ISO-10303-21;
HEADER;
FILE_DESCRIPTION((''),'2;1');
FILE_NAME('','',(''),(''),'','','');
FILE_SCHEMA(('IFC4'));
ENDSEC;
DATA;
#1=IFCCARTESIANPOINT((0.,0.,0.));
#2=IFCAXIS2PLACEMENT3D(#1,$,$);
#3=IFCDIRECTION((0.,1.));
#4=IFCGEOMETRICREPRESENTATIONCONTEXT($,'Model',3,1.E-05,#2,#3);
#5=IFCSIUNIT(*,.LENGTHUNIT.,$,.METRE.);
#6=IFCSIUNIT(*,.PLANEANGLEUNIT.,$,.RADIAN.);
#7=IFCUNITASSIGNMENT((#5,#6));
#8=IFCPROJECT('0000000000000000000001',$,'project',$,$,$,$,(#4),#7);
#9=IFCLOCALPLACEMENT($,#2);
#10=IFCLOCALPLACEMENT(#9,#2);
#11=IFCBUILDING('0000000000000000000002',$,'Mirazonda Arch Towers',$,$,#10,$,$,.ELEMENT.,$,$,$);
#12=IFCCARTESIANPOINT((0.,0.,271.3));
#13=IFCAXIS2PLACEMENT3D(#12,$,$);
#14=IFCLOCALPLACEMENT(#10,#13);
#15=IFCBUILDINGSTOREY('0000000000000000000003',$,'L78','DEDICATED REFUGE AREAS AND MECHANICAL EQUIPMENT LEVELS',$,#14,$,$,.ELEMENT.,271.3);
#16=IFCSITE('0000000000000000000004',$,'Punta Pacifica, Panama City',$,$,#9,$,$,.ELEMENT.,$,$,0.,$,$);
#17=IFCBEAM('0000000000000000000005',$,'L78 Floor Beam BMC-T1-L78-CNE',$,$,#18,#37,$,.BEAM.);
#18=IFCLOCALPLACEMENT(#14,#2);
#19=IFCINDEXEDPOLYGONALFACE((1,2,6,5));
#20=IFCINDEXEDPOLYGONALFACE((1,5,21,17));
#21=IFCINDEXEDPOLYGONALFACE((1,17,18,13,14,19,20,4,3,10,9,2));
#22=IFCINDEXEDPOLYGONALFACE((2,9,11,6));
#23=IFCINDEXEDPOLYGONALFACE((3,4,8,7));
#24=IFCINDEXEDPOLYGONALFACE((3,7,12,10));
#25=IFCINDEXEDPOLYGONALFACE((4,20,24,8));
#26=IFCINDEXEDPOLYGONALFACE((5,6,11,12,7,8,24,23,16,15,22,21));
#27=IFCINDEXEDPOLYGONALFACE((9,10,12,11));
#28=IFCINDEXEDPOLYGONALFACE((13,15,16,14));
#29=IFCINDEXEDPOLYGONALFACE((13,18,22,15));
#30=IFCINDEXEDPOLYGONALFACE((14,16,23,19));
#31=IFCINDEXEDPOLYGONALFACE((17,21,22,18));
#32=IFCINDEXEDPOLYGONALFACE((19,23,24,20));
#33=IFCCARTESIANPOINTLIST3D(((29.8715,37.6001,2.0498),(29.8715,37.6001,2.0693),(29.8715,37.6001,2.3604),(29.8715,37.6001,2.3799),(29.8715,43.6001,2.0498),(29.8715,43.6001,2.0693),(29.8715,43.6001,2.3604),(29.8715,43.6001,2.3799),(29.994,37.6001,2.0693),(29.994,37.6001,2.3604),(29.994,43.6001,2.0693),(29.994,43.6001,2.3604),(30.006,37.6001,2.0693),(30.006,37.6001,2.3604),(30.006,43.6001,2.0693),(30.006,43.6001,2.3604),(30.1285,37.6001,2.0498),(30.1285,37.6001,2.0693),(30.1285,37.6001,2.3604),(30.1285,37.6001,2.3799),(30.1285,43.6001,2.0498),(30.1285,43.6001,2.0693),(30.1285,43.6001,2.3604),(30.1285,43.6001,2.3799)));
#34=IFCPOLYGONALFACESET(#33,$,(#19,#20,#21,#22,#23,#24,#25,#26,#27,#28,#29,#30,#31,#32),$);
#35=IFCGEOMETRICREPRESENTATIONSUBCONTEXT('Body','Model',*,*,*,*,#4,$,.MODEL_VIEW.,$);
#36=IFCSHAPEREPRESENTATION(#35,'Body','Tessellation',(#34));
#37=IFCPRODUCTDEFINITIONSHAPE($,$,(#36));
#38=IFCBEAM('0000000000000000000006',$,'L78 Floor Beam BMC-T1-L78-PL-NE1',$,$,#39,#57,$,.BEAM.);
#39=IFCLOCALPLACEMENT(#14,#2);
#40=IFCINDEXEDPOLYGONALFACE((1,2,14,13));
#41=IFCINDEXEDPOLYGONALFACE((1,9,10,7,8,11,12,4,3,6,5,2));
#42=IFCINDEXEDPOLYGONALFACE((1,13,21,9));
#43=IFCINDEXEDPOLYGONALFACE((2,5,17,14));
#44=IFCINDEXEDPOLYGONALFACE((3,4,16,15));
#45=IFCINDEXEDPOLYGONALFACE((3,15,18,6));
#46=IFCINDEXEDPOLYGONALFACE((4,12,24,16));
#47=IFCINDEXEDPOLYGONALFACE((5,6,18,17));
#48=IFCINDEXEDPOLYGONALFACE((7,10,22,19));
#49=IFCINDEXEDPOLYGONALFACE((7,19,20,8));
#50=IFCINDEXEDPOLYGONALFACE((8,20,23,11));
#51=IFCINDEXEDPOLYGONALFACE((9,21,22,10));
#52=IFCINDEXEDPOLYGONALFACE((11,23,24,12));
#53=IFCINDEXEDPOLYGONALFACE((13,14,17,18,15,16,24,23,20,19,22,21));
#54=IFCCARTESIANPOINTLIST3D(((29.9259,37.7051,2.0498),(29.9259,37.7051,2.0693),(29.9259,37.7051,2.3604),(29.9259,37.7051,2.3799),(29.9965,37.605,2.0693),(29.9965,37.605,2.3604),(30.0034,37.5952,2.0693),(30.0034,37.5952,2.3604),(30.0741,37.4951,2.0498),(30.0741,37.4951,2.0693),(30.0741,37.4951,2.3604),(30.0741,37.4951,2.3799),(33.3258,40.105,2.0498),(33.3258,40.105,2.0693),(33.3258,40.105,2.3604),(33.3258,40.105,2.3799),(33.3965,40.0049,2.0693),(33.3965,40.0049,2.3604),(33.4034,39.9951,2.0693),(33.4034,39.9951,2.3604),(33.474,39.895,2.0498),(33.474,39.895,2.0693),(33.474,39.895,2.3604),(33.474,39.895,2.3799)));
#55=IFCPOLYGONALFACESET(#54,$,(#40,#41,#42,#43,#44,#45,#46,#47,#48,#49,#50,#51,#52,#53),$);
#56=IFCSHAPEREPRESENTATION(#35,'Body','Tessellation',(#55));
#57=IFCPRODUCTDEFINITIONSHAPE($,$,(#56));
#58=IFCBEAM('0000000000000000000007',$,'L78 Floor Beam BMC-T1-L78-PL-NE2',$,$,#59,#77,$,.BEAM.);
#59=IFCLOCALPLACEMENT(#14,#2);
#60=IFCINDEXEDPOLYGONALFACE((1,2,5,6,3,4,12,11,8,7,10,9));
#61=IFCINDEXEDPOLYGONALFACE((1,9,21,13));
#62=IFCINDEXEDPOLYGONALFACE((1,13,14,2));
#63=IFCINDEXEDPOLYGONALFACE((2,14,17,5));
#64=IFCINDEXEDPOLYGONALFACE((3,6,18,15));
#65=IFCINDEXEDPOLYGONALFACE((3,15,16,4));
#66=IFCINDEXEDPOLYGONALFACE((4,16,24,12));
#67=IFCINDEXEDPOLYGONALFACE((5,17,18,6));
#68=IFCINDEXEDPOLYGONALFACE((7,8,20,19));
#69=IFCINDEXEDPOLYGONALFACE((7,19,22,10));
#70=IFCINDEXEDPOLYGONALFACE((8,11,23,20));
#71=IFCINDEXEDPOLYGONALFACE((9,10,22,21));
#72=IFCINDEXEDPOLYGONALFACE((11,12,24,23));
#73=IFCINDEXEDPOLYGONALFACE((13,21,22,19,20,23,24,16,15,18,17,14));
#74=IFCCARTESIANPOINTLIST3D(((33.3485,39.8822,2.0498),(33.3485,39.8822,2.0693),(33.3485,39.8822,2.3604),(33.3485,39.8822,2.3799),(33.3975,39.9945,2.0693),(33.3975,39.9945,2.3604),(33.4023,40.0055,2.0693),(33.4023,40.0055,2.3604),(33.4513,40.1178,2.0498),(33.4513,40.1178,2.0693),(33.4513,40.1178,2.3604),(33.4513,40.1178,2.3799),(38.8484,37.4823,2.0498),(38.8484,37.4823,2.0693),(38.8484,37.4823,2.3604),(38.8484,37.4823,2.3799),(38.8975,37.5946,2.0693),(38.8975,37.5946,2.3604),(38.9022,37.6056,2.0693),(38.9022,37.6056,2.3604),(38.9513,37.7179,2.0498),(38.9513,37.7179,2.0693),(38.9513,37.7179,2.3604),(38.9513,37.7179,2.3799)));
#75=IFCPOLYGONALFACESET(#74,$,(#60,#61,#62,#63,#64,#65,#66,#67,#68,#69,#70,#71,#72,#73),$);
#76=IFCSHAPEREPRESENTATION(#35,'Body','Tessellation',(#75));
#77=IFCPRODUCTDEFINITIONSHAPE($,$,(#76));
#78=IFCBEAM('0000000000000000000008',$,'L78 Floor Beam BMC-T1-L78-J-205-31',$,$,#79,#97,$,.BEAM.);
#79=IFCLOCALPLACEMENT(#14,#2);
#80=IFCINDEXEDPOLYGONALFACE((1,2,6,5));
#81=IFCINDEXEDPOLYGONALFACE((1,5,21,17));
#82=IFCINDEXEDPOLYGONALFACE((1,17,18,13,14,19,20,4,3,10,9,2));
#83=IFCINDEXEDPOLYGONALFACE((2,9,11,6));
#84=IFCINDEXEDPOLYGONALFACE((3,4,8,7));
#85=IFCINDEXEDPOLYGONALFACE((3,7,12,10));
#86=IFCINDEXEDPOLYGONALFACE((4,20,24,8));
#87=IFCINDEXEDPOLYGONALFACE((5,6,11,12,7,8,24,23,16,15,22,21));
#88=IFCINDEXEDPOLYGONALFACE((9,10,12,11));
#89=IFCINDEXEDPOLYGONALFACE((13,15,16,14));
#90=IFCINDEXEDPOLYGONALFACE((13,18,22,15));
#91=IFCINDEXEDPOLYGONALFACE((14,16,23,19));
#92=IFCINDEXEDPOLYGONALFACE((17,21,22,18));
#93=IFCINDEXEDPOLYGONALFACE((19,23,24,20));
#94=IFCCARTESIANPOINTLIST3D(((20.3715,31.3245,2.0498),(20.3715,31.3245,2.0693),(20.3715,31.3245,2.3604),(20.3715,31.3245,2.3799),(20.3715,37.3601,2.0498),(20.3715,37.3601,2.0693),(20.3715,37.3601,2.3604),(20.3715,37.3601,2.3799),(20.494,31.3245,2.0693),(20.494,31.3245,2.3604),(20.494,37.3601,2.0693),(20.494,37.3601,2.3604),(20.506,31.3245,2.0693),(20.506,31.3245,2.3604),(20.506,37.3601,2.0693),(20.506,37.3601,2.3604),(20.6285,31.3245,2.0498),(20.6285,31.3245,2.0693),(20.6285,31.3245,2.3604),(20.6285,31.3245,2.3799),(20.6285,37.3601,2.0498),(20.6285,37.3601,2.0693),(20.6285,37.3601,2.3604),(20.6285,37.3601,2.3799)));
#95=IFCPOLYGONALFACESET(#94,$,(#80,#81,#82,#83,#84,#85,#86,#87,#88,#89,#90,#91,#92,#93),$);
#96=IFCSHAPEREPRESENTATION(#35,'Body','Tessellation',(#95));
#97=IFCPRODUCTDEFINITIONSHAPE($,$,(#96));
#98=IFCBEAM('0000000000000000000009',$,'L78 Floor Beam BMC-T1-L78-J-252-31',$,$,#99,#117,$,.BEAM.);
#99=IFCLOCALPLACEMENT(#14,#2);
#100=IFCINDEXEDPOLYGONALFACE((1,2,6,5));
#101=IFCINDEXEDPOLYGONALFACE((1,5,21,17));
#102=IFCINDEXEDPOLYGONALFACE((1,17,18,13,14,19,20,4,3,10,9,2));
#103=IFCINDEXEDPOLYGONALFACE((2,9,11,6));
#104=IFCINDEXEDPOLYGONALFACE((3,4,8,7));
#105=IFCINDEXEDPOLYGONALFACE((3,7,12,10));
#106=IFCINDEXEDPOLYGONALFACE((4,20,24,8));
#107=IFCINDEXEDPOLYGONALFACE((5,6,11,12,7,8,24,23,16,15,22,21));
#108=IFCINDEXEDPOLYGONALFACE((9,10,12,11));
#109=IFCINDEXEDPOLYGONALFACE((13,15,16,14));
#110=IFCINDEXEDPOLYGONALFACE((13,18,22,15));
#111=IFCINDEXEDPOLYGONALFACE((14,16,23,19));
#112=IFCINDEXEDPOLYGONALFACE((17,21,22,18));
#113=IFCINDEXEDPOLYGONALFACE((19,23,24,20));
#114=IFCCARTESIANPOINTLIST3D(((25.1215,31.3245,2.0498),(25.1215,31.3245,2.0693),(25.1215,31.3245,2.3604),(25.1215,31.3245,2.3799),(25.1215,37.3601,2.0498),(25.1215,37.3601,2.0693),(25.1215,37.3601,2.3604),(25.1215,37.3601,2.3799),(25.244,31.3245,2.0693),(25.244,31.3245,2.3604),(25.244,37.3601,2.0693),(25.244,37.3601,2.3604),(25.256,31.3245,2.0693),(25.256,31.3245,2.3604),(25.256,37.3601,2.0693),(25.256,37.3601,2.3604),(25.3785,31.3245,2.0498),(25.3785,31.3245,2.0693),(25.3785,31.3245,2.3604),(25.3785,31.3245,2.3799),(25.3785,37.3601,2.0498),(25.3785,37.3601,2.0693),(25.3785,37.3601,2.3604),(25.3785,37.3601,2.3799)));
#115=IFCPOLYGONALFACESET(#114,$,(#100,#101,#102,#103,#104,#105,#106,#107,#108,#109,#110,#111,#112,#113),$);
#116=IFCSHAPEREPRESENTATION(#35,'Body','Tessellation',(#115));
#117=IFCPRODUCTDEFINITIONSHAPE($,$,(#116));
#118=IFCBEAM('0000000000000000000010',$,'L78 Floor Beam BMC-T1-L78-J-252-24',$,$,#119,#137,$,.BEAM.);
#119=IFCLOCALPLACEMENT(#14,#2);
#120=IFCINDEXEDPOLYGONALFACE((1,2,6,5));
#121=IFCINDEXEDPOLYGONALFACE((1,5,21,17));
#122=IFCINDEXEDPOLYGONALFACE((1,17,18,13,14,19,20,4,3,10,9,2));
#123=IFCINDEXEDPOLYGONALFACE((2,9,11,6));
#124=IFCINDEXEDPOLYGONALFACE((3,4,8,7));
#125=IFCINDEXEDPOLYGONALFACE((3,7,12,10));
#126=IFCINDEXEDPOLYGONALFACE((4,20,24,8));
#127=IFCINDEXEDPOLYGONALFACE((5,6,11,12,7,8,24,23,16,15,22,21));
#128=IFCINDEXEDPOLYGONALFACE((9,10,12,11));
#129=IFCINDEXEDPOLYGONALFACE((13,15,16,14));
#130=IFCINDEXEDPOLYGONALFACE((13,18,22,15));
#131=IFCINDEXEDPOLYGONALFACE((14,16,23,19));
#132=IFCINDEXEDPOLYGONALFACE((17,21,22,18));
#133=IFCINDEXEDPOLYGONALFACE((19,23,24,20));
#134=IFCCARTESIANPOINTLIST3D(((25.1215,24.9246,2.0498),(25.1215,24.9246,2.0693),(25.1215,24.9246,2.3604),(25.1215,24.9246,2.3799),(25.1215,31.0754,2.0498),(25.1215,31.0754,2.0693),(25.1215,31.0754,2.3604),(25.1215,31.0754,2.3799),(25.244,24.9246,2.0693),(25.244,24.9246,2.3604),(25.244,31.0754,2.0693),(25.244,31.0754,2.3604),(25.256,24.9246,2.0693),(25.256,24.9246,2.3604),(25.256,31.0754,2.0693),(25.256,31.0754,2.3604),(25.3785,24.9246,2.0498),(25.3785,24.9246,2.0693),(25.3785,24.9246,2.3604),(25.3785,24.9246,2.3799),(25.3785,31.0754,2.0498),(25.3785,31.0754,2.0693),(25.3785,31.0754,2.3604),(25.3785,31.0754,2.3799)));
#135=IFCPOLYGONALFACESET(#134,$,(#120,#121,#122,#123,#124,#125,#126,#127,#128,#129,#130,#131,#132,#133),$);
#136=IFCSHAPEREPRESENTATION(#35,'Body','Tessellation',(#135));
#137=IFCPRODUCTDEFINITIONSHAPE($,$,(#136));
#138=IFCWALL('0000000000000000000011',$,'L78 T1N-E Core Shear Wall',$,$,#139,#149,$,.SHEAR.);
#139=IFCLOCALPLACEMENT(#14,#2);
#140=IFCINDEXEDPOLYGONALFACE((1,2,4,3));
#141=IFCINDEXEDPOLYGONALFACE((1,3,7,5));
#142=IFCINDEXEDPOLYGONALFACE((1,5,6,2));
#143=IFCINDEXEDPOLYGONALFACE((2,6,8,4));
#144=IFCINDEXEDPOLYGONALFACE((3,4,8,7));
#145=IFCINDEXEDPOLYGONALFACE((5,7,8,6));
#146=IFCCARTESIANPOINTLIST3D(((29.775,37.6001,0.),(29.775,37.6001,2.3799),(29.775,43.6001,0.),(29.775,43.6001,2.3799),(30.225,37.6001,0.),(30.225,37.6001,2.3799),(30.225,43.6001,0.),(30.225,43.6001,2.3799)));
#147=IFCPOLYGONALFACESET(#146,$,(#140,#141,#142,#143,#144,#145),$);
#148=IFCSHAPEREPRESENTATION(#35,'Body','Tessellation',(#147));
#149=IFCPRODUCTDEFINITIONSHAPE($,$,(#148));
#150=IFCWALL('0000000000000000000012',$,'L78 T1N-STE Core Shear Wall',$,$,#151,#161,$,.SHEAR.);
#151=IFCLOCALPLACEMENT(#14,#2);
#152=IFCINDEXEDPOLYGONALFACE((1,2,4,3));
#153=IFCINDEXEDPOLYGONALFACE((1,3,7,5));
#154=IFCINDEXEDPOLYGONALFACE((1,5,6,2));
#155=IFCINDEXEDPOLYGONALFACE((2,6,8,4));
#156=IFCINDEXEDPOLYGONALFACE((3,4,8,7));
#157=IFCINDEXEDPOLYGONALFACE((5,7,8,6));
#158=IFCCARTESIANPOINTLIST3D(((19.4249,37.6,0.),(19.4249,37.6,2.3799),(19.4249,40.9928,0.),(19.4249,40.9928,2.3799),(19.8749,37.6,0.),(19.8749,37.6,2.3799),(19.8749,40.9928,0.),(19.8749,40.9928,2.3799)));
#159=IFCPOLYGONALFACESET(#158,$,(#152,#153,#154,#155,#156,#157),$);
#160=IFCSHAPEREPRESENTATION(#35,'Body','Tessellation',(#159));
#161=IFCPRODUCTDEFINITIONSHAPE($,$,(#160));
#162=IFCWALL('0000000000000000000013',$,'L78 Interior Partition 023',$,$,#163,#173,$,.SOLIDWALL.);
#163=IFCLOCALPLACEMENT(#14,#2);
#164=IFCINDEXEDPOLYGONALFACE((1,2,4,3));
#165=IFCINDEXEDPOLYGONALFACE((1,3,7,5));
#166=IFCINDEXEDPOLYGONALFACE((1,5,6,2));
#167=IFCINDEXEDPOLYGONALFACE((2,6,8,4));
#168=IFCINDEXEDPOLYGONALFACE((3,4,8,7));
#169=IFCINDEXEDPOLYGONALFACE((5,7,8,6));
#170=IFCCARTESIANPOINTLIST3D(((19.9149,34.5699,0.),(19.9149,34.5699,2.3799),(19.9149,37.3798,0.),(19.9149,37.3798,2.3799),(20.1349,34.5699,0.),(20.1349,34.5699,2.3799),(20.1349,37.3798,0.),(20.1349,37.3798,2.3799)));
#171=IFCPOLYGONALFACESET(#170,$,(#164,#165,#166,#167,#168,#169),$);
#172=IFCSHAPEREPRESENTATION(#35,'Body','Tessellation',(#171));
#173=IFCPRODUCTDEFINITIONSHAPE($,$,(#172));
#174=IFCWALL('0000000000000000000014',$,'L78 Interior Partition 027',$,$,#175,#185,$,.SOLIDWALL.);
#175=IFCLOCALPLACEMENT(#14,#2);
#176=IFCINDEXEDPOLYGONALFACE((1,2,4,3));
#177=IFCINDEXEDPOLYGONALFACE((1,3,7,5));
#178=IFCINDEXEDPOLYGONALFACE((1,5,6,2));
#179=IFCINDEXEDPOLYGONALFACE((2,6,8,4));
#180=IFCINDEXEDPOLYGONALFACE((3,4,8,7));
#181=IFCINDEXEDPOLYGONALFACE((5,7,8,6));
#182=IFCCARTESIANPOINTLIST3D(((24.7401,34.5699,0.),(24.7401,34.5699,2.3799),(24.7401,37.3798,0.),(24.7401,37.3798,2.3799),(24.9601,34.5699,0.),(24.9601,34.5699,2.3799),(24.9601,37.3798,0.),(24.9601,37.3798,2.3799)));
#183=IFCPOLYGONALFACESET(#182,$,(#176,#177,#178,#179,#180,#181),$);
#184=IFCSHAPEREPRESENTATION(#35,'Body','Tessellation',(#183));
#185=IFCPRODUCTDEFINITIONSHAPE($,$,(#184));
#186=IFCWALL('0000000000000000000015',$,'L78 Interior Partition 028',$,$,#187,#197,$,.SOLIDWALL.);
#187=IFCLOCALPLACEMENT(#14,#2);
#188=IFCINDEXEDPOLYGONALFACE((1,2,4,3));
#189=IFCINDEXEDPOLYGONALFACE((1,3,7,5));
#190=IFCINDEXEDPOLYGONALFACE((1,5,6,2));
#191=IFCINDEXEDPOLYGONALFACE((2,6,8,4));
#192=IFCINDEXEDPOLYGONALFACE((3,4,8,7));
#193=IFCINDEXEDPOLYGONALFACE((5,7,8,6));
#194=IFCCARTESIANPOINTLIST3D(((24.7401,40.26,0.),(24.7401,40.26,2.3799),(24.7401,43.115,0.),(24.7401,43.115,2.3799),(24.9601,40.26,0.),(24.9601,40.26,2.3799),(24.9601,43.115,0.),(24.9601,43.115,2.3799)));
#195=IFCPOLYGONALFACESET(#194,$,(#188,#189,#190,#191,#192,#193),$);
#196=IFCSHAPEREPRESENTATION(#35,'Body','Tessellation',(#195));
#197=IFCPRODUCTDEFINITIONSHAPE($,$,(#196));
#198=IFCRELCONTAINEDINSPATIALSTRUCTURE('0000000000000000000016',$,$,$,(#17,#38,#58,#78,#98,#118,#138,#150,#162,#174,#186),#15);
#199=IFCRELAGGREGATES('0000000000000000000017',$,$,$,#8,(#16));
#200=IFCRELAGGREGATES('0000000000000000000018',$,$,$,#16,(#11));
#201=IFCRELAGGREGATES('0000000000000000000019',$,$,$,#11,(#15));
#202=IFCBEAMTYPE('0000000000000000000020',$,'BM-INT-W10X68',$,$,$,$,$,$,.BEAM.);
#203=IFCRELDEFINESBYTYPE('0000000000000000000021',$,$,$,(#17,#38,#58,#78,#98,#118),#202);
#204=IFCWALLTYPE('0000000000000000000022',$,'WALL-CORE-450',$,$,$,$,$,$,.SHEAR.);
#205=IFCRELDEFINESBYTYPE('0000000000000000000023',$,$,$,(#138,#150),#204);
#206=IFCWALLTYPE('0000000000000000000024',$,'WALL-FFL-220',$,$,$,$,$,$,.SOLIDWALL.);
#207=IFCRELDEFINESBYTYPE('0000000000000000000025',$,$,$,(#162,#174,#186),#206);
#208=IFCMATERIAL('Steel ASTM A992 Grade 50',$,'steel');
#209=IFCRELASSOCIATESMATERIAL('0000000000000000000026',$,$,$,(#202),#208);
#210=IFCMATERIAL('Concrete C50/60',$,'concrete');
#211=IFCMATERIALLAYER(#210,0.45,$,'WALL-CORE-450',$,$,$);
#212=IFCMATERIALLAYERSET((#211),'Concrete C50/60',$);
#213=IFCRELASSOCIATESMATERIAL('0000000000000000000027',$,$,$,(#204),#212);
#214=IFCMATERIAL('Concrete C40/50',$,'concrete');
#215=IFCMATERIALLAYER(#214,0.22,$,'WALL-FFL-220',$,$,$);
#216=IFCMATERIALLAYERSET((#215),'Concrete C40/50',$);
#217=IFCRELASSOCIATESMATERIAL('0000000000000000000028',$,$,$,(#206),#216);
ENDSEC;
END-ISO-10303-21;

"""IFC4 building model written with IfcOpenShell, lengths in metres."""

from ifc_helpers import new_model, si_unit, direction, frame, frame_2d, origin, origin_2d, place, context, subcontext, project, spatial, rectangle, i_section, extrude, material, layer, layer_set, material_profile, profile_set, type_object, element, save


model = new_model("IFC4")

# Units and contexts
model_context = context("Model", 3, precision=1e-05, world=origin(), true_north=direction((0.0, 1.0)))
body_context = subcontext(model_context, "Body", "Model", "MODEL_VIEW")
ifc_project = project(units=[si_unit("LENGTHUNIT", "METRE"), si_unit("PLANEANGLEUNIT", "RADIAN")], contexts=[model_context])

# Site, building, storey
site_placement = place(None, origin())
site = spatial("IfcSite", under=ifc_project, at=site_placement, Name="Punta Pacifica, Panama City", CompositionType="ELEMENT", RefElevation=0.0)
building_placement = place(site_placement, origin())
building = spatial("IfcBuilding", under=site, at=building_placement, Name="Mirazonda Arch Towers", CompositionType="ELEMENT")
storey_placement = place(building_placement, frame((0.0, 0.0, 271.3)))
storey = spatial("IfcBuildingStorey", under=building, at=storey_placement, Name="L78", Description="DEDICATED REFUGE AREAS AND MECHANICAL EQUIPMENT LEVELS", CompositionType="ELEMENT", Elevation=271.3)

# Shared definitions
ifc_material_1 = material(Name="Concrete C50/60", Category="concrete")

# Beams
ifc_material_2 = material(Name="Steel ASTM A992 Grade 50", Category="steel")
ifc_material_profile_1 = material_profile(ifc_material_2, i_section(OverallWidth=0.2571, OverallDepth=0.3301, WebThickness=0.012, FlangeThickness=0.0195, at=origin_2d()), Name="W10X68")
ifc_profile_set_1 = profile_set([ifc_material_profile_1], Name="Steel ASTM A992 Grade 50")
beam_type_1 = type_object("IfcBeamType", Name="BM-INT-W10X68", PredefinedType="BEAM", material=ifc_profile_set_1)
beam_1_placement = place(storey_placement, frame((30.0, 37.6001, 2.2148), z_axis=(0.0, 1.0, 0.0), x_axis=(-1.0, 0.0, 0.0)))
element("IfcBeam", 1, at=beam_1_placement, inside=storey, type_object=beam_type_1, Name="L78 Floor Beam BMC-T1-L78-CNE", PredefinedType="BEAM", context=body_context, shape_type="SweptSolid", body=[
    extrude(i_section(OverallWidth=0.2571, OverallDepth=0.3301, WebThickness=0.012, FlangeThickness=0.0195, at=origin_2d()), origin(), (0.0, 0.0, 1.0), 6.0),
])
beam_2_placement = place(storey_placement, frame((33.3999, 40.0, 2.2148), z_axis=(-0.816971, -0.576679, 0.0), x_axis=(0.576679, -0.816971, 0.0)))
element("IfcBeam", 2, at=beam_2_placement, inside=storey, type_object=beam_type_1, Name="L78 Floor Beam BMC-T1-L78-PL-NE1", PredefinedType="BEAM", context=body_context, shape_type="SweptSolid", body=[
    extrude(i_section(OverallWidth=0.2571, OverallDepth=0.3301, WebThickness=0.012, FlangeThickness=0.0195, at=origin_2d()), origin(), (0.0, 0.0, 1.0), 4.1616),
])
beam_3_placement = place(storey_placement, frame((33.3999, 40.0, 2.2148), z_axis=(0.916545, -0.399931, 0.0), x_axis=(0.399931, 0.916545, 0.0)))
element("IfcBeam", 3, at=beam_3_placement, inside=storey, type_object=beam_type_1, Name="L78 Floor Beam BMC-T1-L78-PL-NE2", PredefinedType="BEAM", context=body_context, shape_type="SweptSolid", body=[
    extrude(i_section(OverallWidth=0.2571, OverallDepth=0.3301, WebThickness=0.012, FlangeThickness=0.0195, at=origin_2d()), origin(), (0.0, 0.0, 1.0), 6.0007),
])
for number, where, z_axis, x_axis, name in (
    (4, (20.5, 31.3245, 2.2148), (0.0, 1.0, 0.0), (-1.0, 0.0, 0.0), "L78 Floor Beam BMC-T1-L78-J-205-31"),
    (5, (25.25, 31.3245, 2.2148), (0.0, 1.0, 0.0), (-1.0, 0.0, 0.0), "L78 Floor Beam BMC-T1-L78-J-252-31"),
):
    element("IfcBeam", number, at=place(storey_placement, frame(where, z_axis=z_axis, x_axis=x_axis)), inside=storey, type_object=beam_type_1, Name=name, PredefinedType="BEAM", context=body_context, shape_type="SweptSolid", body=[
        extrude(i_section(OverallWidth=0.2571, OverallDepth=0.3301, WebThickness=0.012, FlangeThickness=0.0195, at=origin_2d()), origin(), (0.0, 0.0, 1.0), 6.0356),
    ])
beam_4_placement = place(storey_placement, frame((25.25, 24.9246, 2.2148), z_axis=(0.0, 1.0, 0.0), x_axis=(-1.0, 0.0, 0.0)))
element("IfcBeam", 6, at=beam_4_placement, inside=storey, type_object=beam_type_1, Name="L78 Floor Beam BMC-T1-L78-J-252-24", PredefinedType="BEAM", context=body_context, shape_type="SweptSolid", body=[
    extrude(i_section(OverallWidth=0.2571, OverallDepth=0.3301, WebThickness=0.012, FlangeThickness=0.0195, at=origin_2d()), origin(), (0.0, 0.0, 1.0), 6.1509),
])

# Walls
ifc_layer_1 = layer(ifc_material_1, 0.45, Name="WALL-CORE-450")
ifc_layer_set_1 = layer_set([ifc_layer_1], Name="Concrete C50/60")
wall_type_1 = type_object("IfcWallType", Name="WALL-CORE-450", PredefinedType="SHEAR", material=ifc_layer_set_1)
wall_1_placement = place(storey_placement, frame((30.0, 37.6001, 0.0), z_axis=(0.0, 0.0, 1.0), x_axis=(0.0, 1.0, 0.0)))
element("IfcWall", 7, at=wall_1_placement, inside=storey, type_object=wall_type_1, Name="L78 T1N-E Core Shear Wall", PredefinedType="SHEAR", context=body_context, shape_type="SweptSolid", body=[
    extrude(rectangle(XDim=6.0, YDim=0.45, at=frame_2d((3.0, 0.0))), origin(), (0.0, 0.0, 1.0), 2.3799),
])
wall_2_placement = place(storey_placement, frame((19.6499, 37.6001, 0.0), z_axis=(0.0, 0.0, 1.0), x_axis=(0.0, 1.0, 0.0)))
element("IfcWall", 8, at=wall_2_placement, inside=storey, type_object=wall_type_1, Name="L78 T1N-STE Core Shear Wall", PredefinedType="SHEAR", context=body_context, shape_type="SweptSolid", body=[
    extrude(rectangle(XDim=3.3928, YDim=0.45, at=frame_2d((1.6963, 0.0))), origin(), (0.0, 0.0, 1.0), 2.3799),
])
ifc_material_3 = material(Name="Concrete C40/50", Category="concrete")
ifc_layer_2 = layer(ifc_material_3, 0.22, Name="WALL-FFL-220")
ifc_layer_set_2 = layer_set([ifc_layer_2], Name="Concrete C40/50")
wall_type_2 = type_object("IfcWallType", Name="WALL-FFL-220", PredefinedType="SOLIDWALL", material=ifc_layer_set_2)
for number, where, z_axis, x_axis, name in (
    (9, (20.0249, 34.5701, 0.0), (0.0, 0.0, 1.0), (0.0, 1.0, 0.0), "L78 Interior Partition 023"),
    (10, (24.8501, 34.5701, 0.0), (0.0, 0.0, 1.0), (0.0, 1.0, 0.0), "L78 Interior Partition 027"),
):
    element("IfcWall", number, at=place(storey_placement, frame(where, z_axis=z_axis, x_axis=x_axis)), inside=storey, type_object=wall_type_2, Name=name, PredefinedType="SOLIDWALL", context=body_context, shape_type="SweptSolid", body=[
        extrude(rectangle(XDim=2.8098, YDim=0.22, at=frame_2d((1.4048, 0.0))), origin(), (0.0, 0.0, 1.0), 2.3799),
    ])
wall_3_placement = place(storey_placement, frame((24.8501, 40.26, 0.0), z_axis=(0.0, 0.0, 1.0), x_axis=(0.0, 1.0, 0.0)))
element("IfcWall", 11, at=wall_3_placement, inside=storey, type_object=wall_type_2, Name="L78 Interior Partition 028", PredefinedType="SOLIDWALL", context=body_context, shape_type="SweptSolid", body=[
    extrude(rectangle(XDim=2.855, YDim=0.22, at=frame_2d((1.4275, 0.0))), origin(), (0.0, 0.0, 1.0), 2.3799),
])

save(model, "model.ifc")
